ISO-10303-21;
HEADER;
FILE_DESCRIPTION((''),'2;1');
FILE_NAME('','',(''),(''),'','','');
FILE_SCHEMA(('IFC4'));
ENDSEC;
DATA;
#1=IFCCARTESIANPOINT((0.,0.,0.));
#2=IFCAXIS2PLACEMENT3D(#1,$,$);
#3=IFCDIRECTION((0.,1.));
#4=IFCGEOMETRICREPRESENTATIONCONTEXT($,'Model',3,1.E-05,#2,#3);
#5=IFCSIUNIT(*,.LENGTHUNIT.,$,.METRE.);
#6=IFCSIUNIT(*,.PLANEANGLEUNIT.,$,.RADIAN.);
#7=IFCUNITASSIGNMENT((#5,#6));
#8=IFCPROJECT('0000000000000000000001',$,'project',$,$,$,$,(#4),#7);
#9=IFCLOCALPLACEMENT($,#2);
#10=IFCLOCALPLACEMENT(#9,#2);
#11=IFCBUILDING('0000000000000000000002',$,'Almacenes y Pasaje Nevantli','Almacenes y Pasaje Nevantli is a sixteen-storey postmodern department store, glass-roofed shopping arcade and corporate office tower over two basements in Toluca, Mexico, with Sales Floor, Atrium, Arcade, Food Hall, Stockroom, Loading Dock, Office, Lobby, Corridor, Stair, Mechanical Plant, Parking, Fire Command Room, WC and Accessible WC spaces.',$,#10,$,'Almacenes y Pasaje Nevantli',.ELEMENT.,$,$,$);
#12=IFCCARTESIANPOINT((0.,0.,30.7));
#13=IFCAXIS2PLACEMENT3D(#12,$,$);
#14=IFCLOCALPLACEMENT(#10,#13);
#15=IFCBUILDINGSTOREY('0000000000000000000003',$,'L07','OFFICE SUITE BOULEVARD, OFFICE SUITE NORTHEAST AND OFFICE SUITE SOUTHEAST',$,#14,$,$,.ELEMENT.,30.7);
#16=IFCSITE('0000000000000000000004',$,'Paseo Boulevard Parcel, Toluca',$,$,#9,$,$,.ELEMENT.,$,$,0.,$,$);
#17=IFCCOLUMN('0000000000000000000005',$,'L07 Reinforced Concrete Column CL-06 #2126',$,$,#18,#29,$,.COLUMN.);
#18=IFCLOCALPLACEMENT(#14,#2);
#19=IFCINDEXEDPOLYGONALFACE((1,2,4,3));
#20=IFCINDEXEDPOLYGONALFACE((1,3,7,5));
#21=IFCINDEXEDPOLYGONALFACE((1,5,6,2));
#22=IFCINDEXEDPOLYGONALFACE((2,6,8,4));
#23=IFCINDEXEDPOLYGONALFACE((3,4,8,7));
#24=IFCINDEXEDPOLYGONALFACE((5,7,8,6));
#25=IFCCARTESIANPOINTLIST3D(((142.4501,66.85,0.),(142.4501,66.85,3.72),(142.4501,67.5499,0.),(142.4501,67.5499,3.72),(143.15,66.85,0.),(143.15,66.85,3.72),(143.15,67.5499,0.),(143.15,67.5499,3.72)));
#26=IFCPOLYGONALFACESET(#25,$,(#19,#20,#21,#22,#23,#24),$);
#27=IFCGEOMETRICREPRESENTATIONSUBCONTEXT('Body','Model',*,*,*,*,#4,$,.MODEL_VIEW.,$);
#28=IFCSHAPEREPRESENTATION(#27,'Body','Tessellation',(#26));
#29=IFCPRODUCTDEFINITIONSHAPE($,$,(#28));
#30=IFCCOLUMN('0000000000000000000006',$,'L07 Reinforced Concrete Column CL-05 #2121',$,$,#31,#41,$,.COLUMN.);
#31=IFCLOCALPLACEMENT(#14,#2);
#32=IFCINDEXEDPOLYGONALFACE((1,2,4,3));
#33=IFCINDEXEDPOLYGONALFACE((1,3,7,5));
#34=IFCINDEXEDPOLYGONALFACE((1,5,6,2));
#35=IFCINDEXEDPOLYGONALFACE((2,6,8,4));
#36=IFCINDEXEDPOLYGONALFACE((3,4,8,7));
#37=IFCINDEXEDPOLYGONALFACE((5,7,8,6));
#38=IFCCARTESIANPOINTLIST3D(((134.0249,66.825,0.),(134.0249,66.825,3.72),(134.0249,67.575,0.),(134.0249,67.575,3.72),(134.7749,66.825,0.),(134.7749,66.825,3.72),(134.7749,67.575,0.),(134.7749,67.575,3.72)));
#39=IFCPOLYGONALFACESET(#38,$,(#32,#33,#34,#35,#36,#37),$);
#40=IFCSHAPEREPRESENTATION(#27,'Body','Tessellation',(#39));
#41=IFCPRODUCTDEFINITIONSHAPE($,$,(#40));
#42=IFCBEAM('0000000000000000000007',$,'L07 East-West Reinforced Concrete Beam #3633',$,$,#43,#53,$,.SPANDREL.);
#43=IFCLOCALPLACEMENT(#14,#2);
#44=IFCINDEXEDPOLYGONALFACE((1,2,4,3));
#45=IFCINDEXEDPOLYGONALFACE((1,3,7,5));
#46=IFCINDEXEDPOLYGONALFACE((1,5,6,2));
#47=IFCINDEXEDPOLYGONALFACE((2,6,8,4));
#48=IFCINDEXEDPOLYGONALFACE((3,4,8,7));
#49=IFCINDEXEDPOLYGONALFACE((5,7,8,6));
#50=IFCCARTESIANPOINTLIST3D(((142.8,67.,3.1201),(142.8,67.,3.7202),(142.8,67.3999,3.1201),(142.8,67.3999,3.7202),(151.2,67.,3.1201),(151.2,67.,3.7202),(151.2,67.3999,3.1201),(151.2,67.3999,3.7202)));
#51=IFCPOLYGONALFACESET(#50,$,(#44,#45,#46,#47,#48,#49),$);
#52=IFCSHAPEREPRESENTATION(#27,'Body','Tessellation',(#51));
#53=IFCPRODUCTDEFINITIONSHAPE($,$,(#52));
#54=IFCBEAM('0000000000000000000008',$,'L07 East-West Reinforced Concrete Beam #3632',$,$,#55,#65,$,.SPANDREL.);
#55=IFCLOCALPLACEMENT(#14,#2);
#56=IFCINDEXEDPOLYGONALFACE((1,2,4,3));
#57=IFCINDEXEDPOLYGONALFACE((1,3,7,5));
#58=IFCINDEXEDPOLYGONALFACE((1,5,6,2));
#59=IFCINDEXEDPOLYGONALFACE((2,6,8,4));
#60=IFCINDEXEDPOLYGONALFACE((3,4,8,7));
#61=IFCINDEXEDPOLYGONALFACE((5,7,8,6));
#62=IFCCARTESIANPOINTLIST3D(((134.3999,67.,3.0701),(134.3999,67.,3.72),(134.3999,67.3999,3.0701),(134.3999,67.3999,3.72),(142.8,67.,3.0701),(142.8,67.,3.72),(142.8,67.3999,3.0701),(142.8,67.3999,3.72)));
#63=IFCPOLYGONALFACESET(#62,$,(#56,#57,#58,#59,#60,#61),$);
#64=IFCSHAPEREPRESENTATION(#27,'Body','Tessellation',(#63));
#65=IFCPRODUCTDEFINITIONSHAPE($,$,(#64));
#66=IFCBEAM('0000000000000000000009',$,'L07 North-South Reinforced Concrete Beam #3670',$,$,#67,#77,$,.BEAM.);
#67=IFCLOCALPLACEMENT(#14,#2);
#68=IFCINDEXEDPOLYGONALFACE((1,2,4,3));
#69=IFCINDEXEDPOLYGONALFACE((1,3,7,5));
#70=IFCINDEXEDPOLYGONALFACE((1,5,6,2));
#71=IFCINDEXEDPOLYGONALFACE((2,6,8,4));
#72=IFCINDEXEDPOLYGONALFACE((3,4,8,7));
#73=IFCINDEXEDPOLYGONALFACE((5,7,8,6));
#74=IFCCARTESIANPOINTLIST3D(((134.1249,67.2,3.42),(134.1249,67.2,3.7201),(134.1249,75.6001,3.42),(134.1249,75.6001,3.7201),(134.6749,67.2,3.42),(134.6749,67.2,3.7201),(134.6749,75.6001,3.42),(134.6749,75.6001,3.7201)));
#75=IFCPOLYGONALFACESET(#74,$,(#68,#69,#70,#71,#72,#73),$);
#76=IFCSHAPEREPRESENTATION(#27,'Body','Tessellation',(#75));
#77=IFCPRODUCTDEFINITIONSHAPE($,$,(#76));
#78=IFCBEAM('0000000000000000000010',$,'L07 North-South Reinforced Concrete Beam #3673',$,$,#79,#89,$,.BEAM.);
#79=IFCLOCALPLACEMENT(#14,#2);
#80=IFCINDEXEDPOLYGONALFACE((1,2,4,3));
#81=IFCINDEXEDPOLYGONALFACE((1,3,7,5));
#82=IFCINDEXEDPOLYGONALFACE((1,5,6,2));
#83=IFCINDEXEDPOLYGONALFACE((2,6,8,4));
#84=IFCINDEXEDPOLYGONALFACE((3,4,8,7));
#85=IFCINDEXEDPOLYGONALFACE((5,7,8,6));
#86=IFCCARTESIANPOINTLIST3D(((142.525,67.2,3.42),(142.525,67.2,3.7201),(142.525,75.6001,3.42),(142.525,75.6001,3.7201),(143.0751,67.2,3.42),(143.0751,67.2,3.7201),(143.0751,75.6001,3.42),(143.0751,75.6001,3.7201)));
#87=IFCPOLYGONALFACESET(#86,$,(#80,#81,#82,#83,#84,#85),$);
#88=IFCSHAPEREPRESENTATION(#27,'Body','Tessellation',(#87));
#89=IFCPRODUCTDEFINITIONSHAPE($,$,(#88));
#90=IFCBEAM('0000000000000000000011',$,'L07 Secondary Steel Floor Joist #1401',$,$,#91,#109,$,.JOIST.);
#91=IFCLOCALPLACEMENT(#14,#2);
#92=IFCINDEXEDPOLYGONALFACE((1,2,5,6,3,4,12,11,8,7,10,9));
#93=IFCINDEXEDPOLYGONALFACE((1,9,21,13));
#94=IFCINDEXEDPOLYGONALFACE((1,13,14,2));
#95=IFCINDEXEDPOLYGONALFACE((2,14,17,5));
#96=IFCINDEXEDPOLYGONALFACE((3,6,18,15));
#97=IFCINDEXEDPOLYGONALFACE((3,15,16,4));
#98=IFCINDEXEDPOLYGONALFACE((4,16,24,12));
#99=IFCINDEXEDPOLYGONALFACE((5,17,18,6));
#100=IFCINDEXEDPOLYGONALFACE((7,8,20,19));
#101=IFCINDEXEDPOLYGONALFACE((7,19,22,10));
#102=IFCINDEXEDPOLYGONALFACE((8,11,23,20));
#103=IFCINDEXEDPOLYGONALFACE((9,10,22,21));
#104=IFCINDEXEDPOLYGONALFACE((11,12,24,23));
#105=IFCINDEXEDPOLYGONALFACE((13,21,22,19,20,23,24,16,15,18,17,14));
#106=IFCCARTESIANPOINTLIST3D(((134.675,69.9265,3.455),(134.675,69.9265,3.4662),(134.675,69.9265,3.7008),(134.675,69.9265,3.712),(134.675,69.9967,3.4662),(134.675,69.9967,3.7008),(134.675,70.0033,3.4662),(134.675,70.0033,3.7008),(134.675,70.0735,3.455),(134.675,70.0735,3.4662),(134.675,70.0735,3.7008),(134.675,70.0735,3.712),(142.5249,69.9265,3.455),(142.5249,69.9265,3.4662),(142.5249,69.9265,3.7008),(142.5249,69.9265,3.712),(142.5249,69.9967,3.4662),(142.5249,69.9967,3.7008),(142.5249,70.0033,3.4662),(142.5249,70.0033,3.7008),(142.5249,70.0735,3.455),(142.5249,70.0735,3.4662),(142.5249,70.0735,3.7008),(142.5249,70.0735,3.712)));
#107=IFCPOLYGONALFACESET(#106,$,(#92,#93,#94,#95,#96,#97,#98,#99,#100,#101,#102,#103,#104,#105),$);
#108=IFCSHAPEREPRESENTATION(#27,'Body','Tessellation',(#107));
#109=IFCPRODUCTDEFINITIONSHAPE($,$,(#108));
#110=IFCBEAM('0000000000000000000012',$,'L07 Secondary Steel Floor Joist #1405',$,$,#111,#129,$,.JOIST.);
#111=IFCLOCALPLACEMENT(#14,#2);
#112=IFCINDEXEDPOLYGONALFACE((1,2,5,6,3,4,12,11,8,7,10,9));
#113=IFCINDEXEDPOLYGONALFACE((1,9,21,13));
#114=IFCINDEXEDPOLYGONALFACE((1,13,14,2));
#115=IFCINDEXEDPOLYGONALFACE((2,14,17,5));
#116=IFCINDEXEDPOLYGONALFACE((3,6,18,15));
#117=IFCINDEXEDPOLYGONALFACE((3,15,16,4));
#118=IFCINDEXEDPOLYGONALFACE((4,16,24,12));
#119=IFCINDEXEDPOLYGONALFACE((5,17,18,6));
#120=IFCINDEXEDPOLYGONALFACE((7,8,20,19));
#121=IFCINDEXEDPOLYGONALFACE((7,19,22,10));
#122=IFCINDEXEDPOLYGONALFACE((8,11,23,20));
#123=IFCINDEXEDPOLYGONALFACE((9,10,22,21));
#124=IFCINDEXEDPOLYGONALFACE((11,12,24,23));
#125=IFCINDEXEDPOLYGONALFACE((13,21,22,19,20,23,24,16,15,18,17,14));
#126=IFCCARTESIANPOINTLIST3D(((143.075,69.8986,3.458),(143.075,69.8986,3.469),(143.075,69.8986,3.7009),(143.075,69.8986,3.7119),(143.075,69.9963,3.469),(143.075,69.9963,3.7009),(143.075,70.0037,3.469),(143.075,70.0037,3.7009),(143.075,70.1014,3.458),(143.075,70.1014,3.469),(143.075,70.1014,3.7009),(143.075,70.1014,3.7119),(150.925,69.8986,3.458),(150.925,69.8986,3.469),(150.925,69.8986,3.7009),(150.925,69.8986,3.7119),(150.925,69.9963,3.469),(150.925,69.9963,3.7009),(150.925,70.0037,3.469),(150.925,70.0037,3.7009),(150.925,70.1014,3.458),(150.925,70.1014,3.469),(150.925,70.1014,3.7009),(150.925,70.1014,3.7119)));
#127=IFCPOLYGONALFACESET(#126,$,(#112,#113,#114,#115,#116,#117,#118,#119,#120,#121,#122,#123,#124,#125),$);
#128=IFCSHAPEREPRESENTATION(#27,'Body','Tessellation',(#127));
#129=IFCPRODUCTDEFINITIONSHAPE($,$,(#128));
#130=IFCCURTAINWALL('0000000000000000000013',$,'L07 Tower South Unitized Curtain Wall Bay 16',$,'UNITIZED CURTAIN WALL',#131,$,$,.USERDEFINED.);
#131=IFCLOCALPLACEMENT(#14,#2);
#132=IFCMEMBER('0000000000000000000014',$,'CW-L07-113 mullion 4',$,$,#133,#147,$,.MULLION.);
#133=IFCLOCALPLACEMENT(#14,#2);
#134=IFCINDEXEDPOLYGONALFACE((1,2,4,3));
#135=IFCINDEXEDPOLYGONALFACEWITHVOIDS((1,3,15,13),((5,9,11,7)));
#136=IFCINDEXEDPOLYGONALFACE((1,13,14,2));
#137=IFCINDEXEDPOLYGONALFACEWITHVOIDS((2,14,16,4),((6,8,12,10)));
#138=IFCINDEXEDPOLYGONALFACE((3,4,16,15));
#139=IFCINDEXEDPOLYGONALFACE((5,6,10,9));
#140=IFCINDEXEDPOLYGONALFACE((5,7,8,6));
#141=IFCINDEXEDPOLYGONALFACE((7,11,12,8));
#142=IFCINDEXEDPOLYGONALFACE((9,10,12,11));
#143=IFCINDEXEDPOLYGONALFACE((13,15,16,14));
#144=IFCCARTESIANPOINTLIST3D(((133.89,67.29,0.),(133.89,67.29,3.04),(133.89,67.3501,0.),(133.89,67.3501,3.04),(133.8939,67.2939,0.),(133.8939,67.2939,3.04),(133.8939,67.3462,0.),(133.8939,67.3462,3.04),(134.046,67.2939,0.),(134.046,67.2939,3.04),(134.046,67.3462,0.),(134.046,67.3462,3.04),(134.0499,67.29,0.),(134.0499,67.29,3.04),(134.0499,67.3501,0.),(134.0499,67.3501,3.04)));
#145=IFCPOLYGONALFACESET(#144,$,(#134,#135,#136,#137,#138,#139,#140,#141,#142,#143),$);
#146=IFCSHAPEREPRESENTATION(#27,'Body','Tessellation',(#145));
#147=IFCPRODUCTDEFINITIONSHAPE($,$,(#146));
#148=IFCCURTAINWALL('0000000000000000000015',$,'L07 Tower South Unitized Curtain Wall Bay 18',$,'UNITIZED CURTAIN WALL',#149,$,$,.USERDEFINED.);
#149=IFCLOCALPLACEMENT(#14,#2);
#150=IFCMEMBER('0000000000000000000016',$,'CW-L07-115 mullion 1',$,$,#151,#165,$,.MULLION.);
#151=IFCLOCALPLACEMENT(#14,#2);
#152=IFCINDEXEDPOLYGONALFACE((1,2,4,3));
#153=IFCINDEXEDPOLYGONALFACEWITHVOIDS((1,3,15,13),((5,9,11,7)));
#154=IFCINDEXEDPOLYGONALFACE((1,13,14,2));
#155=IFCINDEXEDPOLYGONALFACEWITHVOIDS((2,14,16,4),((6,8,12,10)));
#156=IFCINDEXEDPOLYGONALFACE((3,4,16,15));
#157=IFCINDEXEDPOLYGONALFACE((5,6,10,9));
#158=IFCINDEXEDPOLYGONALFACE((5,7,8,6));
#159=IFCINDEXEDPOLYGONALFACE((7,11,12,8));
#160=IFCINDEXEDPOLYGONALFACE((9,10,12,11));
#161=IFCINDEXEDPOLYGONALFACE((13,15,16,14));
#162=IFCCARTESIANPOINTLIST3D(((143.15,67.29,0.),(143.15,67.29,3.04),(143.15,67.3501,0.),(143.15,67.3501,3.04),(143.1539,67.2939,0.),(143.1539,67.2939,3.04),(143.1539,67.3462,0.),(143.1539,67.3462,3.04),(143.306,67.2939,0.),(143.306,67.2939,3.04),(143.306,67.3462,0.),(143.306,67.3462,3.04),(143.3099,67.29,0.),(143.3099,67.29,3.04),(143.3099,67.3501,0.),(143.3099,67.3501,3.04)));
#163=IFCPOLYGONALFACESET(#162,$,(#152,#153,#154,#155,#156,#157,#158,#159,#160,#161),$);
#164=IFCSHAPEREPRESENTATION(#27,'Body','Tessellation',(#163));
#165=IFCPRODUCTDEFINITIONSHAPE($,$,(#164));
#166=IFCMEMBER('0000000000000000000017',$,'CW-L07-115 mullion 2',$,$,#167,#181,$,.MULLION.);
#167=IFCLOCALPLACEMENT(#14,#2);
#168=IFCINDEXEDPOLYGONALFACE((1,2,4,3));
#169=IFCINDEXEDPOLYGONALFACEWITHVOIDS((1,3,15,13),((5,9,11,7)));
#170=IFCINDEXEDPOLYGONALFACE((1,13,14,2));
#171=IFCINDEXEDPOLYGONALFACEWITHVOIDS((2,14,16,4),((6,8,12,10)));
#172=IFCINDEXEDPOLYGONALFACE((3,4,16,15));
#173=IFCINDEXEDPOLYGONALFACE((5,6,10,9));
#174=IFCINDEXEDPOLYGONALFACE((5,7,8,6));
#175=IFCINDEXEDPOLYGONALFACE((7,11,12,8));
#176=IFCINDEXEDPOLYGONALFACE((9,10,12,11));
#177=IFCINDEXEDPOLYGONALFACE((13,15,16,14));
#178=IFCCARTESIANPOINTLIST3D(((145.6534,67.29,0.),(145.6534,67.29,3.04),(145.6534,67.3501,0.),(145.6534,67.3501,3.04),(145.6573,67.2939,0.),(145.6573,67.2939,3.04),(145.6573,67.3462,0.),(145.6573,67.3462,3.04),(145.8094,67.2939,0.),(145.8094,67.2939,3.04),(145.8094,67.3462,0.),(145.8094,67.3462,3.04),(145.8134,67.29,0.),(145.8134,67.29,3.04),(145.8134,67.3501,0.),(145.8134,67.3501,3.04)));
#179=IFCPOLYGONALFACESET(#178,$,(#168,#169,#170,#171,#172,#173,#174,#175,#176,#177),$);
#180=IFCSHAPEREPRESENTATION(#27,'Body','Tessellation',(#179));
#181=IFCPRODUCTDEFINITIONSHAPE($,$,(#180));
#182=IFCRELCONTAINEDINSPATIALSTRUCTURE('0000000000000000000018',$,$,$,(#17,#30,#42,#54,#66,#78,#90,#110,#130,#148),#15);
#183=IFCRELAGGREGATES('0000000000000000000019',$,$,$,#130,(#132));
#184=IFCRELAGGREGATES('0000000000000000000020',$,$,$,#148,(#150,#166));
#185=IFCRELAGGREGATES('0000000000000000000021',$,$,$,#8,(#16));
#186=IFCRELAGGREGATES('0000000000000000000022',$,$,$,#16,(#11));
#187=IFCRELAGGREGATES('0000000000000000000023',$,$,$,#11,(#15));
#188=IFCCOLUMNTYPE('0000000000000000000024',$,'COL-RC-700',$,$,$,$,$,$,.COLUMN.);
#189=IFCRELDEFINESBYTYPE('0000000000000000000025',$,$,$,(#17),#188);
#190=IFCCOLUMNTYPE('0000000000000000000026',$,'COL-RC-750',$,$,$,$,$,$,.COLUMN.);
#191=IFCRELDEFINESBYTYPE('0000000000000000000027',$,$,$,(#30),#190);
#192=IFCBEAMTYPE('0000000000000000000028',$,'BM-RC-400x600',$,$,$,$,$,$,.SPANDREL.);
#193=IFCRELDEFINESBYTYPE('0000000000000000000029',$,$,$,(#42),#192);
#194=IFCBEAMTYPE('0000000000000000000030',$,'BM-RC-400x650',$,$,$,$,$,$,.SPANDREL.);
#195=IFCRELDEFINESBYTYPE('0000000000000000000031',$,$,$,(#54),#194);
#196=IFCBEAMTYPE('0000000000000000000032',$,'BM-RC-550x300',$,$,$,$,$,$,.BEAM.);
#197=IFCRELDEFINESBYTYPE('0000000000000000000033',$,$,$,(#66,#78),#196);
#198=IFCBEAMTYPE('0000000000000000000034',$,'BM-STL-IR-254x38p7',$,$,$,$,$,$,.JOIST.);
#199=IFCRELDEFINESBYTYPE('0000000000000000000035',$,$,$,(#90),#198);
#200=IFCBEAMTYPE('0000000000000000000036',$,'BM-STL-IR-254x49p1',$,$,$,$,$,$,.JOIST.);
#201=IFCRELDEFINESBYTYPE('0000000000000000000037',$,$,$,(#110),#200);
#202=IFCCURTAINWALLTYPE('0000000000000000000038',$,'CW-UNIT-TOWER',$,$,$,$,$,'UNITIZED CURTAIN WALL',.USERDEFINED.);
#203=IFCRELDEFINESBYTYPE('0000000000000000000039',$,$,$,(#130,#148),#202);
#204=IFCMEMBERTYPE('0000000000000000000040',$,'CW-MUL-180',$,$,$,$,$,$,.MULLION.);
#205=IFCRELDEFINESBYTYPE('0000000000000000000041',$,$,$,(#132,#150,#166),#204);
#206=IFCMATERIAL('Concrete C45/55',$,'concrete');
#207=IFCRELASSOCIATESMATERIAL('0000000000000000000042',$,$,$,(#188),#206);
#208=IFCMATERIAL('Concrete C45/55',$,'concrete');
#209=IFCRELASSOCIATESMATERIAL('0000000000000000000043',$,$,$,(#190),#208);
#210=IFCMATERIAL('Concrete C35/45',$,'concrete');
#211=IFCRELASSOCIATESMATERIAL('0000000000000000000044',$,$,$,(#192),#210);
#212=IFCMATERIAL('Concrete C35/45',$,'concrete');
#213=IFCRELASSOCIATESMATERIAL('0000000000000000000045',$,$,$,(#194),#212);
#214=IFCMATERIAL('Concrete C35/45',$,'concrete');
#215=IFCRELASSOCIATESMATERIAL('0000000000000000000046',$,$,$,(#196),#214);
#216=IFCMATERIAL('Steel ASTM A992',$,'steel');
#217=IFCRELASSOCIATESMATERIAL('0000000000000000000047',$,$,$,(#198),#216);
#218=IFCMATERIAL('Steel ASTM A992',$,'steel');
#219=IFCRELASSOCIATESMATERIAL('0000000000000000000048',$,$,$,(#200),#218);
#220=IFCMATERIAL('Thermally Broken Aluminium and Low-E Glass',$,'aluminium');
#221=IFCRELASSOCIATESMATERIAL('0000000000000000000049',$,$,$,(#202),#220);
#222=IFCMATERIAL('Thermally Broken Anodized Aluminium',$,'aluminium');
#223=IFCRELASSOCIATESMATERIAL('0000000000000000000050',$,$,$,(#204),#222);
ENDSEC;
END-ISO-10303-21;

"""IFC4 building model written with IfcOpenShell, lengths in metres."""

from ifc_helpers import new_model, si_unit, direction, frame, origin, origin_2d, place, context, subcontext, project, spatial, rectangle, hollow_rectangle, i_section, extrude, material, material_profile, profile_set, type_object, element, aggregate, save


model = new_model("IFC4")

# Units and contexts
model_context = context("Model", 3, precision=1e-05, world=origin(), true_north=direction((0.0, 1.0)))
body_context = subcontext(model_context, "Body", "Model", "MODEL_VIEW")
ifc_project = project(units=[si_unit("LENGTHUNIT", "METRE"), si_unit("PLANEANGLEUNIT", "RADIAN")], contexts=[model_context])

# Site, building, storey
site_placement = place(None, origin())
site = spatial("IfcSite", under=ifc_project, at=site_placement, Name="Paseo Boulevard Parcel, Toluca", CompositionType="ELEMENT", RefElevation=0.0)
building_placement = place(site_placement, origin())
building = spatial("IfcBuilding", under=site, at=building_placement, Name="Almacenes y Pasaje Nevantli", Description="Almacenes y Pasaje Nevantli is a sixteen-storey postmodern department store, glass-roofed shopping arcade and corporate office tower over two basements in Toluca, Mexico, with Sales Floor, Atrium, Arcade, Food Hall, Stockroom, Loading Dock, Office, Lobby, Corridor, Stair, Mechanical Plant, Parking, Fire Command Room, WC and Accessible WC spaces.", LongName="Almacenes y Pasaje Nevantli", CompositionType="ELEMENT")
storey_placement = place(building_placement, frame((0.0, 0.0, 30.7)))
storey = spatial("IfcBuildingStorey", under=building, at=storey_placement, Name="L07", Description="OFFICE SUITE BOULEVARD, OFFICE SUITE NORTHEAST AND OFFICE SUITE SOUTHEAST", CompositionType="ELEMENT", Elevation=30.7)

# Columns
ifc_material_1 = material(Name="Concrete C45/55", Category="concrete")
ifc_material_profile_1 = material_profile(ifc_material_1, rectangle(XDim=0.7, YDim=0.7, at=origin_2d()), Name="RC-COL-700x700")
ifc_profile_set_1 = profile_set([ifc_material_profile_1], Name="Concrete C45/55")
column_type_1 = type_object("IfcColumnType", Name="COL-RC-700", PredefinedType="COLUMN", material=ifc_profile_set_1)
column_1_placement = place(storey_placement, frame((142.8, 67.2, 0.0), z_axis=(0.0, 0.0, 1.0), x_axis=(1.0, 0.0, 0.0)))
element("IfcColumn", 1, at=column_1_placement, inside=storey, type_object=column_type_1, Name="L07 Reinforced Concrete Column CL-06 #2126", PredefinedType="COLUMN", context=body_context, shape_type="SweptSolid", body=[
    extrude(rectangle(XDim=0.7, YDim=0.7, at=origin_2d()), origin(), (0.0, 0.0, 1.0), 3.72),
])
ifc_material_2 = material(Name="Concrete C45/55", Category="concrete")
ifc_material_profile_2 = material_profile(ifc_material_2, rectangle(XDim=0.75, YDim=0.75, at=origin_2d()), Name="RC-COL-750x750")
ifc_profile_set_2 = profile_set([ifc_material_profile_2], Name="Concrete C45/55")
column_type_2 = type_object("IfcColumnType", Name="COL-RC-750", PredefinedType="COLUMN", material=ifc_profile_set_2)
column_2_placement = place(storey_placement, frame((134.3999, 67.2, 0.0), z_axis=(0.0, 0.0, 1.0), x_axis=(1.0, 0.0, 0.0)))
element("IfcColumn", 2, at=column_2_placement, inside=storey, type_object=column_type_2, Name="L07 Reinforced Concrete Column CL-05 #2121", PredefinedType="COLUMN", context=body_context, shape_type="SweptSolid", body=[
    extrude(rectangle(XDim=0.75, YDim=0.75, at=origin_2d()), origin(), (0.0, 0.0, 1.0), 3.72),
])

# Beams
ifc_material_3 = material(Name="Concrete C35/45", Category="concrete")
ifc_material_profile_3 = material_profile(ifc_material_3, rectangle(XDim=0.3999, YDim=0.6001, at=origin_2d()), Name="RC-BM-400x600")
ifc_profile_set_3 = profile_set([ifc_material_profile_3], Name="Concrete C35/45")
beam_type_1 = type_object("IfcBeamType", Name="BM-RC-400x600", PredefinedType="SPANDREL", material=ifc_profile_set_3)
beam_1_placement = place(storey_placement, frame((142.8, 67.2, 3.4202), z_axis=(1.0, 0.0, 0.0), x_axis=(0.0, 1.0, 0.0)))
element("IfcBeam", 3, at=beam_1_placement, inside=storey, type_object=beam_type_1, Name="L07 East-West Reinforced Concrete Beam #3633", PredefinedType="SPANDREL", context=body_context, shape_type="SweptSolid", body=[
    extrude(rectangle(XDim=0.3999, YDim=0.6001, at=origin_2d()), origin(), (0.0, 0.0, 1.0), 8.3999),
])
ifc_material_4 = material(Name="Concrete C35/45", Category="concrete")
ifc_material_profile_4 = material_profile(ifc_material_4, rectangle(XDim=0.3999, YDim=0.6499, at=origin_2d()), Name="RC-BM-400x650")
ifc_profile_set_4 = profile_set([ifc_material_profile_4], Name="Concrete C35/45")
beam_type_2 = type_object("IfcBeamType", Name="BM-RC-400x650", PredefinedType="SPANDREL", material=ifc_profile_set_4)
beam_2_placement = place(storey_placement, frame((134.3999, 67.2, 3.395), z_axis=(1.0, 0.0, 0.0), x_axis=(0.0, 1.0, 0.0)))
element("IfcBeam", 4, at=beam_2_placement, inside=storey, type_object=beam_type_2, Name="L07 East-West Reinforced Concrete Beam #3632", PredefinedType="SPANDREL", context=body_context, shape_type="SweptSolid", body=[
    extrude(rectangle(XDim=0.3999, YDim=0.6499, at=origin_2d()), origin(), (0.0, 0.0, 1.0), 8.4001),
])
ifc_material_5 = material(Name="Concrete C35/45", Category="concrete")
ifc_material_profile_5 = material_profile(ifc_material_5, rectangle(XDim=0.55, YDim=0.3, at=origin_2d()), Name="RC-BM-550x300")
ifc_profile_set_5 = profile_set([ifc_material_profile_5], Name="Concrete C35/45")
beam_type_3 = type_object("IfcBeamType", Name="BM-RC-550x300", PredefinedType="BEAM", material=ifc_profile_set_5)
for number, where, z_axis, x_axis, name in (
    (5, (134.3999, 67.2, 3.5701), (0.0, 1.0, 0.0), (-1.0, 0.0, 0.0), "L07 North-South Reinforced Concrete Beam #3670"),
    (6, (142.8, 67.2, 3.5701), (0.0, 1.0, 0.0), (-1.0, 0.0, 0.0), "L07 North-South Reinforced Concrete Beam #3673"),
):
    element("IfcBeam", number, at=place(storey_placement, frame(where, z_axis=z_axis, x_axis=x_axis)), inside=storey, type_object=beam_type_3, Name=name, PredefinedType="BEAM", context=body_context, shape_type="SweptSolid", body=[
        extrude(rectangle(XDim=0.55, YDim=0.3, at=origin_2d()), origin(), (0.0, 0.0, 1.0), 8.4001),
    ])
ifc_material_6 = material(Name="Steel ASTM A992", Category="steel")
ifc_material_profile_6 = material_profile(ifc_material_6, i_section(OverallWidth=0.147, OverallDepth=0.2571, WebThickness=0.0066, FlangeThickness=0.0112, at=origin_2d()), Name="IR 254x38.7")
ifc_profile_set_6 = profile_set([ifc_material_profile_6], Name="Steel ASTM A992")
beam_type_4 = type_object("IfcBeamType", Name="BM-STL-IR-254x38p7", PredefinedType="JOIST", material=ifc_profile_set_6)
beam_3_placement = place(storey_placement, frame((134.675, 70.0, 3.5835), z_axis=(1.0, 0.0, 0.0), x_axis=(0.0, 1.0, 0.0)))
element("IfcBeam", 7, at=beam_3_placement, inside=storey, type_object=beam_type_4, Name="L07 Secondary Steel Floor Joist #1401", PredefinedType="JOIST", context=body_context, shape_type="SweptSolid", body=[
    extrude(i_section(OverallWidth=0.147, OverallDepth=0.2571, WebThickness=0.0066, FlangeThickness=0.0112, at=origin_2d()), origin(), (0.0, 0.0, 1.0), 7.8499),
])
ifc_material_7 = material(Name="Steel ASTM A992", Category="steel")
ifc_material_profile_7 = material_profile(ifc_material_7, i_section(OverallWidth=0.2029, OverallDepth=0.2539, WebThickness=0.0073, FlangeThickness=0.011, at=origin_2d()), Name="IR 254x49.1")
ifc_profile_set_7 = profile_set([ifc_material_profile_7], Name="Steel ASTM A992")
beam_type_5 = type_object("IfcBeamType", Name="BM-STL-IR-254x49p1", PredefinedType="JOIST", material=ifc_profile_set_7)
beam_4_placement = place(storey_placement, frame((143.075, 70.0, 3.585), z_axis=(1.0, 0.0, 0.0), x_axis=(0.0, 1.0, 0.0)))
element("IfcBeam", 8, at=beam_4_placement, inside=storey, type_object=beam_type_5, Name="L07 Secondary Steel Floor Joist #1405", PredefinedType="JOIST", context=body_context, shape_type="SweptSolid", body=[
    extrude(i_section(OverallWidth=0.2029, OverallDepth=0.2539, WebThickness=0.0073, FlangeThickness=0.011, at=origin_2d()), origin(), (0.0, 0.0, 1.0), 7.8501),
])

# Curtain wall, member
ifc_material_8 = material(Name="Thermally Broken Aluminium and Low-E Glass", Category="aluminium")
curtain_wall_type = type_object("IfcCurtainWallType", Name="CW-UNIT-TOWER", ElementType="UNITIZED CURTAIN WALL", PredefinedType="USERDEFINED", material=ifc_material_8)
curtain_wall_1_placement = place(storey_placement, origin())
curtain_wall_1 = element("IfcCurtainWall", 9, at=curtain_wall_1_placement, inside=storey, type_object=curtain_wall_type, Name="L07 Tower South Unitized Curtain Wall Bay 16", ObjectType="UNITIZED CURTAIN WALL", PredefinedType="USERDEFINED")
ifc_material_9 = material(Name="Thermally Broken Anodized Aluminium", Category="aluminium")
ifc_material_profile_8 = material_profile(ifc_material_9, hollow_rectangle(XDim=0.0601, YDim=0.1599, WallThickness=0.0039, at=origin_2d()), Name="ALU-MUL-60x160")
ifc_profile_set_8 = profile_set([ifc_material_profile_8], Name="Thermally Broken Anodized Aluminium")
member_type_1 = type_object("IfcMemberType", Name="CW-MUL-180", PredefinedType="MULLION", material=ifc_profile_set_8)
member_1_placement = place(storey_placement, frame((133.97, 67.3201, 0.0), z_axis=(0.0, 0.0, 1.0), x_axis=(0.0, 1.0, 0.0)))
member_1 = element("IfcMember", 10, at=member_1_placement, type_object=member_type_1, Name="CW-L07-113 mullion 4", PredefinedType="MULLION", context=body_context, shape_type="SweptSolid", body=[
    extrude(hollow_rectangle(XDim=0.0601, YDim=0.1599, WallThickness=0.0039, at=origin_2d()), origin(), (0.0, 0.0, 1.0), 3.04),
])

# Curtain wall, members
curtain_wall_2_placement = place(storey_placement, origin())
curtain_wall_2 = element("IfcCurtainWall", 11, at=curtain_wall_2_placement, inside=storey, type_object=curtain_wall_type, Name="L07 Tower South Unitized Curtain Wall Bay 18", ObjectType="UNITIZED CURTAIN WALL", PredefinedType="USERDEFINED")
member_2_placement = place(storey_placement, frame((143.23, 67.3201, 0.0), z_axis=(0.0, 0.0, 1.0), x_axis=(0.0, 1.0, 0.0)))
member_2 = element("IfcMember", 12, at=member_2_placement, type_object=member_type_1, Name="CW-L07-115 mullion 1", PredefinedType="MULLION", context=body_context, shape_type="SweptSolid", body=[
    extrude(hollow_rectangle(XDim=0.0601, YDim=0.1599, WallThickness=0.0039, at=origin_2d()), origin(), (0.0, 0.0, 1.0), 3.04),
])
member_3_placement = place(storey_placement, frame((145.7334, 67.3201, 0.0), z_axis=(0.0, 0.0, 1.0), x_axis=(0.0, 1.0, 0.0)))
member_3 = element("IfcMember", 13, at=member_3_placement, type_object=member_type_1, Name="CW-L07-115 mullion 2", PredefinedType="MULLION", context=body_context, shape_type="SweptSolid", body=[
    extrude(hollow_rectangle(XDim=0.0601, YDim=0.1599, WallThickness=0.0039, at=origin_2d()), origin(), (0.0, 0.0, 1.0), 3.04),
])

aggregate(curtain_wall_1, [member_1])
aggregate(curtain_wall_2, [member_2, member_3])

save(model, "model.ifc")
